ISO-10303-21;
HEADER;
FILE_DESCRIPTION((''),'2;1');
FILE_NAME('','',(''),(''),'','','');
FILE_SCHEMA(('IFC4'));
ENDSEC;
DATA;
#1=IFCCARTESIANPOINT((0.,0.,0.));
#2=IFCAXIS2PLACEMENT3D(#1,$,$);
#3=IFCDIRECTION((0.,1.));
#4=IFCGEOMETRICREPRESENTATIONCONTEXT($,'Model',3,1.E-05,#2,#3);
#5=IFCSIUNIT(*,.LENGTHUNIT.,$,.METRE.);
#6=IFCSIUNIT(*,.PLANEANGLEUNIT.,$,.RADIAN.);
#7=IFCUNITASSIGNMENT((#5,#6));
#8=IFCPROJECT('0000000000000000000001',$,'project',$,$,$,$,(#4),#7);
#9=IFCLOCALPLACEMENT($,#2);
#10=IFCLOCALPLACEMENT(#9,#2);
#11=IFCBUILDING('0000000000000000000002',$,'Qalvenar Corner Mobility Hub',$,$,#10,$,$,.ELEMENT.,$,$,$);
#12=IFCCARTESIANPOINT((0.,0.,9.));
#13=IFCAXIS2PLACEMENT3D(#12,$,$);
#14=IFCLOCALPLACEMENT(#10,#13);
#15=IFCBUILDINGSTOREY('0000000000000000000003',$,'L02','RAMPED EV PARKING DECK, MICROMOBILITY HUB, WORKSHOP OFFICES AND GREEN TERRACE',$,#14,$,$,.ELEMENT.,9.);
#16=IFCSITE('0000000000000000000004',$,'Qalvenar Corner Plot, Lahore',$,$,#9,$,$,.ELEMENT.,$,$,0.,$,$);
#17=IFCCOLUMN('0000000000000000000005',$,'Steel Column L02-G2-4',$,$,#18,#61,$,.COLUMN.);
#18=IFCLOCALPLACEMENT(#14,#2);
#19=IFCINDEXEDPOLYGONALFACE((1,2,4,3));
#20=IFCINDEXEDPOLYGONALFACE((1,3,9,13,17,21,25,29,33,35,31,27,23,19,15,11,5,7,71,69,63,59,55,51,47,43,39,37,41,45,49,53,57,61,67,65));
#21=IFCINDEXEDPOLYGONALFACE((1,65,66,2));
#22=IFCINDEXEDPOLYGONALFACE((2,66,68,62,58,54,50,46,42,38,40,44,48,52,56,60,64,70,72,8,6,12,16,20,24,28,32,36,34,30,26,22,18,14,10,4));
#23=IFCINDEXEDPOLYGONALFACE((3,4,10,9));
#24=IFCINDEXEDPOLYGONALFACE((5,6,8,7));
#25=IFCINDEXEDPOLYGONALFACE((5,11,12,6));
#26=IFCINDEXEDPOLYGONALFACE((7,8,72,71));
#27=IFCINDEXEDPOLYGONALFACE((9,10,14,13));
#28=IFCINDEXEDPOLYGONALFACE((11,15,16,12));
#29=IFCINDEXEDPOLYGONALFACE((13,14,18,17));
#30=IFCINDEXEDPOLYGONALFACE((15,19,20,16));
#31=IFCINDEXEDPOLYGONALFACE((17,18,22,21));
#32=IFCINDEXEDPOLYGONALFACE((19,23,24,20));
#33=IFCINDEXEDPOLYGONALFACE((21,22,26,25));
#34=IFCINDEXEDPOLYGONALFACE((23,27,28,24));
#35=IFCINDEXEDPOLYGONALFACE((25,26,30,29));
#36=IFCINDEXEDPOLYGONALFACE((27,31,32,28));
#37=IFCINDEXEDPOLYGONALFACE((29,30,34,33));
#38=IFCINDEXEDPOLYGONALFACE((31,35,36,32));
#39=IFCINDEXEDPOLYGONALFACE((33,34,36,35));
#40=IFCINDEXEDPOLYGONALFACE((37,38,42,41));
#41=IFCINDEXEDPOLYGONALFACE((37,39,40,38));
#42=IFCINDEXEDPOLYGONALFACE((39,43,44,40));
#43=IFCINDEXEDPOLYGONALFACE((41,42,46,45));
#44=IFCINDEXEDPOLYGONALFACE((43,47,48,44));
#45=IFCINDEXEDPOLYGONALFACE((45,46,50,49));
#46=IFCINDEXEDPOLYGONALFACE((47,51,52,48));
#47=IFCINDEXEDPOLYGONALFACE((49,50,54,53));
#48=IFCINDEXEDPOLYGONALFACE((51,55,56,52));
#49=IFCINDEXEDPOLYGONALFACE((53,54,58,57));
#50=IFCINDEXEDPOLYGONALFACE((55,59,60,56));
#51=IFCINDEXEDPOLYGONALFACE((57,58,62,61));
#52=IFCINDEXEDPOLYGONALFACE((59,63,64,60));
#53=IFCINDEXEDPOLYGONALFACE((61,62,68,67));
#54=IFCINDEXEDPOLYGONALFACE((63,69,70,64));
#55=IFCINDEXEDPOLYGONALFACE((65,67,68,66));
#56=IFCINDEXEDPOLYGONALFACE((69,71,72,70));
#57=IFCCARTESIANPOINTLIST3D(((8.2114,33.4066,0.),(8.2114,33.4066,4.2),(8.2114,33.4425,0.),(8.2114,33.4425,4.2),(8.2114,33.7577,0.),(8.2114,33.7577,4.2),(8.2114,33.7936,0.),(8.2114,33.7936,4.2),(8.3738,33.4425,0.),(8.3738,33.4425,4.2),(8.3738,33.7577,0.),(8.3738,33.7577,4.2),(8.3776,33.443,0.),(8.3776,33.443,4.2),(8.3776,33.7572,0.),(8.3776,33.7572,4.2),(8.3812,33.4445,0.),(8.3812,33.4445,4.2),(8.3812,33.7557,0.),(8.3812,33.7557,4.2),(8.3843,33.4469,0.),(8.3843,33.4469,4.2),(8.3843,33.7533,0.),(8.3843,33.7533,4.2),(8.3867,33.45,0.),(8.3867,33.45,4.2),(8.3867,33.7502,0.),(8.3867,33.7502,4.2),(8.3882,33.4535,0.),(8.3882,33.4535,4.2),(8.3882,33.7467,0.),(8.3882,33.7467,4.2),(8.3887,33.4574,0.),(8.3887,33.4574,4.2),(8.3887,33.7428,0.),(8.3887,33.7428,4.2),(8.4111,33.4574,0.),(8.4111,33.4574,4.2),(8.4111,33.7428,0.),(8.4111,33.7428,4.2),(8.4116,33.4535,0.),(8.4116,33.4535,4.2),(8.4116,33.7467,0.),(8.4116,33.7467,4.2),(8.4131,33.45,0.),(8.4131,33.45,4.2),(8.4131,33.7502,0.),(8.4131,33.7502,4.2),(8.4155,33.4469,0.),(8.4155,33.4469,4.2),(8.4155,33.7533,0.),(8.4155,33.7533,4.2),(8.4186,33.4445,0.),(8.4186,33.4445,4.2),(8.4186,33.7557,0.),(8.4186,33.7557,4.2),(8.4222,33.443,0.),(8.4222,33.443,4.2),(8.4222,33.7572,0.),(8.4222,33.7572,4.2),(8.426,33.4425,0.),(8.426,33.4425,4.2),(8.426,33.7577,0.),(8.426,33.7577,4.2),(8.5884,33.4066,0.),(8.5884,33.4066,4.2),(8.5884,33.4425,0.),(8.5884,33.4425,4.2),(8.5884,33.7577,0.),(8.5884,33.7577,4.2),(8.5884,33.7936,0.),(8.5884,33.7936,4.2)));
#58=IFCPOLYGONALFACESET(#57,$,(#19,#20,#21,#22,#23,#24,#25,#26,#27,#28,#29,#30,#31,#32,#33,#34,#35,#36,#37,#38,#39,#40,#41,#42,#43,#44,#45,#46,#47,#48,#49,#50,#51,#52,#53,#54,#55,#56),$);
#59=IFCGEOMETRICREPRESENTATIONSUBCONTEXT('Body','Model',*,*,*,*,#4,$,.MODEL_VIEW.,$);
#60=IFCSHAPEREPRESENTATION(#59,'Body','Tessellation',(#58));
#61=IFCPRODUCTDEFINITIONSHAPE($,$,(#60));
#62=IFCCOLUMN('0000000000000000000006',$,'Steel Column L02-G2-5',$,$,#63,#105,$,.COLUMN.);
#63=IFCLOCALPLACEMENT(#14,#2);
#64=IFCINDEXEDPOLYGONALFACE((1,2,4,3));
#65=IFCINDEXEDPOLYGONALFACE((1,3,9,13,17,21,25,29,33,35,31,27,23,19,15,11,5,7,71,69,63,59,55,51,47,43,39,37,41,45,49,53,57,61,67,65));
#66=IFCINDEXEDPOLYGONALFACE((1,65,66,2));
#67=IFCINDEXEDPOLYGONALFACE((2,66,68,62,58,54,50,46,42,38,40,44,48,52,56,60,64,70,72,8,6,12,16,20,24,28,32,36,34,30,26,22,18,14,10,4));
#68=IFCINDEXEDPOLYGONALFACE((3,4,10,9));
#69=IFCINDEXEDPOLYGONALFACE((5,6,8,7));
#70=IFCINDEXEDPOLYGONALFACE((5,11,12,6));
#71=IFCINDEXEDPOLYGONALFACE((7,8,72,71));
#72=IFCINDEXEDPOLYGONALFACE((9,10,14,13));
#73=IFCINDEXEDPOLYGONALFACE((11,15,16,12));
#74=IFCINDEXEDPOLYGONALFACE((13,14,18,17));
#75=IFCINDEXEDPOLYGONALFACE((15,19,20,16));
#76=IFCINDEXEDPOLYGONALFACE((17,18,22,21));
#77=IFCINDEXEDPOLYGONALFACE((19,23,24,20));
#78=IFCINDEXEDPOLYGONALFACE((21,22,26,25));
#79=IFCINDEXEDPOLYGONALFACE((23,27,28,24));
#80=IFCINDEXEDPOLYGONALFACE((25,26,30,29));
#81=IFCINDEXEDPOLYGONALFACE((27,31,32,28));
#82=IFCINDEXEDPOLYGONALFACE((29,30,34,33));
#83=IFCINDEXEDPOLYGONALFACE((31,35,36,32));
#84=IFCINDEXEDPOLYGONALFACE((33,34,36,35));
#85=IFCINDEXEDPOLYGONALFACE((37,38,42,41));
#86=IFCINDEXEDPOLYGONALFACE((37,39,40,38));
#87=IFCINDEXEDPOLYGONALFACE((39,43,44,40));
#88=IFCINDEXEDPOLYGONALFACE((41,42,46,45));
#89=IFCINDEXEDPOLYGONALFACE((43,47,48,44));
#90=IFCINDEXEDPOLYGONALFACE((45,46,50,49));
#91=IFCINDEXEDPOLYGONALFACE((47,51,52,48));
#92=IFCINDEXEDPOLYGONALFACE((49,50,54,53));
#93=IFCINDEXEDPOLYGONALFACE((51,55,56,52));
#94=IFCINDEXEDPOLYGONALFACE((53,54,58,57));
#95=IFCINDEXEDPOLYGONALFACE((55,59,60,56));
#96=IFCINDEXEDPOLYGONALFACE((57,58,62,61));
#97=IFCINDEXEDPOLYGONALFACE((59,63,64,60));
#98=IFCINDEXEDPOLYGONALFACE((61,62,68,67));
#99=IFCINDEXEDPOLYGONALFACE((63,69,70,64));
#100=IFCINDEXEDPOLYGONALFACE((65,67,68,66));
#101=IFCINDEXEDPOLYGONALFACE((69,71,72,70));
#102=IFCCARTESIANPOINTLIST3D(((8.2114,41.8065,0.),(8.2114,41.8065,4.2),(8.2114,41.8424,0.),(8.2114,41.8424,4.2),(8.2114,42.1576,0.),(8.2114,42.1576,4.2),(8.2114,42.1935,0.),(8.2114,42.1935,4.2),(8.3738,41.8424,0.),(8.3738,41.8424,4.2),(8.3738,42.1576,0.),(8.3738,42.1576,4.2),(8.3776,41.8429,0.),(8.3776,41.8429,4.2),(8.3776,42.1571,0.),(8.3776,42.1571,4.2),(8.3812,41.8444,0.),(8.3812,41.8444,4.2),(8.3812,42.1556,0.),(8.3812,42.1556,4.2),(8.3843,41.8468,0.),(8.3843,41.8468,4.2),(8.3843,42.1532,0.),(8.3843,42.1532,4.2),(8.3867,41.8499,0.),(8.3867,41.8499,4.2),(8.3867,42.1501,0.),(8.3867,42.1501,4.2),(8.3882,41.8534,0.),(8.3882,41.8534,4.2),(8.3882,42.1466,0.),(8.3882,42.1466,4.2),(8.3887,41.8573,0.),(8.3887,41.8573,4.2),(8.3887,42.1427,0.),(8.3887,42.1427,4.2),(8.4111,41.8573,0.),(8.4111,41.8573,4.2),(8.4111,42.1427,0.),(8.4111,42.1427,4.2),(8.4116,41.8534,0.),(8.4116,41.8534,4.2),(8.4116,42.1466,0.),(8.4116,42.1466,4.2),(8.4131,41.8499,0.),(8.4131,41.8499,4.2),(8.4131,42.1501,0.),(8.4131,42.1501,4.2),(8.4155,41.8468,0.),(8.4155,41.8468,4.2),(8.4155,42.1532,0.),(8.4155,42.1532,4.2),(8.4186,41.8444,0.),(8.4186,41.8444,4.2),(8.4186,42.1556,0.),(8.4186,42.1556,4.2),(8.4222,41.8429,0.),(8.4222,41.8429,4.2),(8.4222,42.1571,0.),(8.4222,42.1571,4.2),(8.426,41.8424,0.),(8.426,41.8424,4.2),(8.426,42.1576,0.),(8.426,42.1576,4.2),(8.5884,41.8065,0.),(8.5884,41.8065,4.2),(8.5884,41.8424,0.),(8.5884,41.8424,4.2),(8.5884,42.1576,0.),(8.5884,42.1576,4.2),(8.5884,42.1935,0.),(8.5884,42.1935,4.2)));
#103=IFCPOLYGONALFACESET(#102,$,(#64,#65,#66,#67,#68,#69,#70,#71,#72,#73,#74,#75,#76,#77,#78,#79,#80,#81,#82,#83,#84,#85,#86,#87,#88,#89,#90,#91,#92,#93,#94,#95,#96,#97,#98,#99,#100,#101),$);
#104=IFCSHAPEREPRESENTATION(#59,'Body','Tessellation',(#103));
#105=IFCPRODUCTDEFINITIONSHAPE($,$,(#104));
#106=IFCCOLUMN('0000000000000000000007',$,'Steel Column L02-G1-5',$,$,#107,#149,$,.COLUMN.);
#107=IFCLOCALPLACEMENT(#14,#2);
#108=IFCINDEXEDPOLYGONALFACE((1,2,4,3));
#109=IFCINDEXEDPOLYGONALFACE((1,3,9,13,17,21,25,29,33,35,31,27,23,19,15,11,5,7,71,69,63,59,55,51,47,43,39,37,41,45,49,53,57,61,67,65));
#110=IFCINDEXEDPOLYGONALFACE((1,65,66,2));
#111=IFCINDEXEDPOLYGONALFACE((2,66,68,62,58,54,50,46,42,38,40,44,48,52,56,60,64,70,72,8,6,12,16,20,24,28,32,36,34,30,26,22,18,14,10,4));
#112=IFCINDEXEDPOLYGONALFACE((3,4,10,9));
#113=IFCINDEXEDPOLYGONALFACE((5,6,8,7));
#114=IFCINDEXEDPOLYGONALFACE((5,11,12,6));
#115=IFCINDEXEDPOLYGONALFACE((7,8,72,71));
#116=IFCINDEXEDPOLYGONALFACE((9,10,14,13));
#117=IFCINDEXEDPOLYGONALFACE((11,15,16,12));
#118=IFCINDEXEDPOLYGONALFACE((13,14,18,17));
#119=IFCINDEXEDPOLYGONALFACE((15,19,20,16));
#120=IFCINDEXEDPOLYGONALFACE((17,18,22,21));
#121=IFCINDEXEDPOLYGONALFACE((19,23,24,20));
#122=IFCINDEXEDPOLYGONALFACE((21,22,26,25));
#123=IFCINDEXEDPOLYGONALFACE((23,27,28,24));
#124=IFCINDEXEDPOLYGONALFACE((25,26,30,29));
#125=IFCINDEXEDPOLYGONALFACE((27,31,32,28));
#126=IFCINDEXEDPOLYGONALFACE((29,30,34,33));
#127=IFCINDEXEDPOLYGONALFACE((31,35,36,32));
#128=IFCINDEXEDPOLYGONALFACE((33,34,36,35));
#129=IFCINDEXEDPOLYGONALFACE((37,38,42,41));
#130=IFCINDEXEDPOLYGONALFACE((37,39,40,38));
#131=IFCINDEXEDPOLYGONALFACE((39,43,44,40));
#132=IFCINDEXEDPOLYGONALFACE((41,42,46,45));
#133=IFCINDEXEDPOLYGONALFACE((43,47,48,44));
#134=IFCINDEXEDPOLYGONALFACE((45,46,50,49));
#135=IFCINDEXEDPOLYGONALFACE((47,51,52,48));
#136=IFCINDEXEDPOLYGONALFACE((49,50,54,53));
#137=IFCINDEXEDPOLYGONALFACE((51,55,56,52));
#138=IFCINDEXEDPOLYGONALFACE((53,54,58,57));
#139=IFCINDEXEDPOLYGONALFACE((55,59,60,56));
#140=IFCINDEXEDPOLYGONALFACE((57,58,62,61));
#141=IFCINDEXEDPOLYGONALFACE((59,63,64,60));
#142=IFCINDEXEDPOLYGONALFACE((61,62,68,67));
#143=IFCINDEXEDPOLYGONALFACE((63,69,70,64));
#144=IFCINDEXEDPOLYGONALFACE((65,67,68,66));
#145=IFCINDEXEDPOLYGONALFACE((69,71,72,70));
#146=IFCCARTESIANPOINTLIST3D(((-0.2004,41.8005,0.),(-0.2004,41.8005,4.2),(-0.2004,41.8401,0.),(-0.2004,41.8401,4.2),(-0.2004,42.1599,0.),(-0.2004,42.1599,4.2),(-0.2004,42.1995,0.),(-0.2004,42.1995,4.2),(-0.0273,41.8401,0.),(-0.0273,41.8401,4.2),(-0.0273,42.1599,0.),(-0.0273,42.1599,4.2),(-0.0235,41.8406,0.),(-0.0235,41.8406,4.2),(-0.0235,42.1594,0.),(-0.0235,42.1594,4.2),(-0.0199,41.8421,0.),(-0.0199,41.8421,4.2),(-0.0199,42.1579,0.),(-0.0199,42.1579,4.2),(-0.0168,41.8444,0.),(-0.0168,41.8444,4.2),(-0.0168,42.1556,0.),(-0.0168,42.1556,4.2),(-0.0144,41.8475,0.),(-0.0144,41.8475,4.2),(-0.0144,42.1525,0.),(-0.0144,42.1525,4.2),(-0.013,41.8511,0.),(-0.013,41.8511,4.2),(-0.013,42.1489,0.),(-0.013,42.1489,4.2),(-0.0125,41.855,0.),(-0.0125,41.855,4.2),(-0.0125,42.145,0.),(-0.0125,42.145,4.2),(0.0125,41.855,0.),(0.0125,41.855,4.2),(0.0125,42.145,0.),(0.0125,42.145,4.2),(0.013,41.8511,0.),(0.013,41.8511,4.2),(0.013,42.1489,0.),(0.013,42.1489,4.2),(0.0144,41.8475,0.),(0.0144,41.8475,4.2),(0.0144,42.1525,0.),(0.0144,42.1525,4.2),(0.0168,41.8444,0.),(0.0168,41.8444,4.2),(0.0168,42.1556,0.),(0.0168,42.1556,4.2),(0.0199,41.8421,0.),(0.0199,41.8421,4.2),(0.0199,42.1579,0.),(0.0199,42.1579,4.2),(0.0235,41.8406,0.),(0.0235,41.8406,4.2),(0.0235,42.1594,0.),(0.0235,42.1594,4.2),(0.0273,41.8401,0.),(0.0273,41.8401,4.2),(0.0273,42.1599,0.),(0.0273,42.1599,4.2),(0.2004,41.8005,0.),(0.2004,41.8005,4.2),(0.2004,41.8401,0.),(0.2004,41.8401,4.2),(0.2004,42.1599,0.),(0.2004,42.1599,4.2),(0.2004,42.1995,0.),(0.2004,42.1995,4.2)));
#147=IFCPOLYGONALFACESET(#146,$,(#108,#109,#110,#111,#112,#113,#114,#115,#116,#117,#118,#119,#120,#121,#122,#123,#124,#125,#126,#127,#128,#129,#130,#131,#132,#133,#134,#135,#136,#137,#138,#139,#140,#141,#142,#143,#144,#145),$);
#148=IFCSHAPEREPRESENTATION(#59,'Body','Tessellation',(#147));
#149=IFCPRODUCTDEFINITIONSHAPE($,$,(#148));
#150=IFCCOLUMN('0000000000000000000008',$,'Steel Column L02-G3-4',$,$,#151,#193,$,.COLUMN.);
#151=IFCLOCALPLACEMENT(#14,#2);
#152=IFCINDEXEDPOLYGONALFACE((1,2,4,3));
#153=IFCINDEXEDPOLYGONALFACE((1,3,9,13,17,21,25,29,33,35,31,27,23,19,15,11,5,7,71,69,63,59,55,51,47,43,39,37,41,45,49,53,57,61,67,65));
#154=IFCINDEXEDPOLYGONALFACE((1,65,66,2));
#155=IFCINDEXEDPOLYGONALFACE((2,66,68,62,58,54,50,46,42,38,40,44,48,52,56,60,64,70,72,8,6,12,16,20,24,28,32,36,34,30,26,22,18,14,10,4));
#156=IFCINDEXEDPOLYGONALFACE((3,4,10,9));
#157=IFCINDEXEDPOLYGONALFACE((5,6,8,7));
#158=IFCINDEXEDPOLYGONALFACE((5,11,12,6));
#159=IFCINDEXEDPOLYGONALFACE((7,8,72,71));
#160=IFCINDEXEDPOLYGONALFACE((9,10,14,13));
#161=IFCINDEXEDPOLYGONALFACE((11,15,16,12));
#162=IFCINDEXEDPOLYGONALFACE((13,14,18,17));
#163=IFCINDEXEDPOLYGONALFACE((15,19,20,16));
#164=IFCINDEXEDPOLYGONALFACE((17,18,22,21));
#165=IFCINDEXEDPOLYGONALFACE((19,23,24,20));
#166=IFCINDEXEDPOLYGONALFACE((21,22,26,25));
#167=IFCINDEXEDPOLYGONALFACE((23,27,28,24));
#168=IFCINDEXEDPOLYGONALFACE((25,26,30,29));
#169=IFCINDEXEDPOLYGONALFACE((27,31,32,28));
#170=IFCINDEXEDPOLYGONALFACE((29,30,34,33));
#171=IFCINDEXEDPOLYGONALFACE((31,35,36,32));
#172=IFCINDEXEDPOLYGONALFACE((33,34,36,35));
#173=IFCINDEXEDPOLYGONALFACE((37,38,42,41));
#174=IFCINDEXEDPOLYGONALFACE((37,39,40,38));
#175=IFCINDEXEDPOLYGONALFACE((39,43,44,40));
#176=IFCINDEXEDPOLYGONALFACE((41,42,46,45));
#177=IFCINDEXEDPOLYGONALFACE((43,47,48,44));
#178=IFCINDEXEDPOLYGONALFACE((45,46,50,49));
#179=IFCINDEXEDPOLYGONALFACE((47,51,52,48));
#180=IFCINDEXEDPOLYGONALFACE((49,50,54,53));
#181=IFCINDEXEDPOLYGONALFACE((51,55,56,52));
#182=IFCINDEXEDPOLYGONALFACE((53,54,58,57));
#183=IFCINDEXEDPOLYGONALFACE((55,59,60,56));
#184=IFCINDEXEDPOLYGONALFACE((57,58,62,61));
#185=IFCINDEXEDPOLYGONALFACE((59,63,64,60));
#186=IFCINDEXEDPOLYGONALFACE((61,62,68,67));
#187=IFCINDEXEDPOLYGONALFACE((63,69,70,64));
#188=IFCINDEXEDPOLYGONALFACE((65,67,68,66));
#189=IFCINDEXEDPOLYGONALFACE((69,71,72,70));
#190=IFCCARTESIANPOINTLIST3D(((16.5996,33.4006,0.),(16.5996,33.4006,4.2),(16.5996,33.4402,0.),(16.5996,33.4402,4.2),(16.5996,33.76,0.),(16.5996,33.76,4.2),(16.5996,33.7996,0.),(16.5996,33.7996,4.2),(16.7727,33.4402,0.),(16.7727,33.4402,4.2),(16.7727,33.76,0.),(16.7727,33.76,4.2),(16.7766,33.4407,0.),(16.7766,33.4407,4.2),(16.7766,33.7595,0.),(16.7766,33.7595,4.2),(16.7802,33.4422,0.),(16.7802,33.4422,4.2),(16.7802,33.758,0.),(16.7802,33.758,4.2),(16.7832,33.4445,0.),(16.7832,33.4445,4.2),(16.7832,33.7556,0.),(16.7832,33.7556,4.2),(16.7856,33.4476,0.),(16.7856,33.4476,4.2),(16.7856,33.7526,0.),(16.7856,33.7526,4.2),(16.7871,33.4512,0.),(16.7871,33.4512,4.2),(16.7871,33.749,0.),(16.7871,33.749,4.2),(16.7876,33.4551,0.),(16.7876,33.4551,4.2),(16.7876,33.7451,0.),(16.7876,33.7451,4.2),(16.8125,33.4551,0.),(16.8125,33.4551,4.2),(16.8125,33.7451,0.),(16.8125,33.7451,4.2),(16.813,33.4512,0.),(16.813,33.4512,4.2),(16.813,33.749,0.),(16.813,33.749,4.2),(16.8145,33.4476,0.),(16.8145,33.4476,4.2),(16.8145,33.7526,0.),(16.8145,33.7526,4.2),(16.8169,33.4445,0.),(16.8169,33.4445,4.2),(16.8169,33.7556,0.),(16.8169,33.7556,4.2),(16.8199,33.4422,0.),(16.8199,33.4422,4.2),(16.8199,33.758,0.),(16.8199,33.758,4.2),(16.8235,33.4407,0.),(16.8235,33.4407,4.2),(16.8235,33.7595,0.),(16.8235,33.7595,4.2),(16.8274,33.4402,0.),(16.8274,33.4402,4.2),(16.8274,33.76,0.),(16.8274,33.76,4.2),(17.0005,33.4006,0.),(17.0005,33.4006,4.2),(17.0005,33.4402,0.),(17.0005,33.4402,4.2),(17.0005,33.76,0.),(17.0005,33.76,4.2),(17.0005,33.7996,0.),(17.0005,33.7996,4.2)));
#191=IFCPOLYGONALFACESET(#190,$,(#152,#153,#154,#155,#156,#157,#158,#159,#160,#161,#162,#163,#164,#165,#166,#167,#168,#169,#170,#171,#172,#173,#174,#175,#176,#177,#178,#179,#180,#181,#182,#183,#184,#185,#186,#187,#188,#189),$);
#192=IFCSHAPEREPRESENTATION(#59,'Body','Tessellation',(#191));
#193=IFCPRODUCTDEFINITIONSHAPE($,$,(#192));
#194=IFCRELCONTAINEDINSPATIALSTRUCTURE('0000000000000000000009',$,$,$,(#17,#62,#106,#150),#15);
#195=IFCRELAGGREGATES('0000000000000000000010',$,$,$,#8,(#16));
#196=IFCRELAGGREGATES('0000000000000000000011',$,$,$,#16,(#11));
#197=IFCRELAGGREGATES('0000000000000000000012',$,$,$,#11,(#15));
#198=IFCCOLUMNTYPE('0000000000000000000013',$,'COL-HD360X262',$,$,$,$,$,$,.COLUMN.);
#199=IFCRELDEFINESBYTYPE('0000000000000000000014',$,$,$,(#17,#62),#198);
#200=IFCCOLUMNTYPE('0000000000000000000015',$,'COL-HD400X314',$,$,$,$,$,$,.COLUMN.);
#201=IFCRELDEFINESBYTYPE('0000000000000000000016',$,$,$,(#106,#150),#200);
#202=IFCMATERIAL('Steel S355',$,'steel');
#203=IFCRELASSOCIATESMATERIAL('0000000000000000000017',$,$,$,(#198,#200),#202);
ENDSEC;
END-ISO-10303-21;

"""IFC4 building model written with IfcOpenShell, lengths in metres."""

from ifc_helpers import new_model, si_unit, direction, frame, origin, origin_2d, place, context, subcontext, project, spatial, i_section, extrude, material, material_profile, profile_set, type_object, element, save


model = new_model("IFC4")

# Units and contexts
model_context = context("Model", 3, precision=1e-05, world=origin(), true_north=direction((0.0, 1.0)))
body_context = subcontext(model_context, "Body", "Model", "MODEL_VIEW")
ifc_project = project(units=[si_unit("LENGTHUNIT", "METRE"), si_unit("PLANEANGLEUNIT", "RADIAN")], contexts=[model_context])

# Site, building, storey
site_placement = place(None, origin())
site = spatial("IfcSite", under=ifc_project, at=site_placement, Name="Qalvenar Corner Plot, Lahore", CompositionType="ELEMENT", RefElevation=0.0)
building_placement = place(site_placement, origin())
building = spatial("IfcBuilding", under=site, at=building_placement, Name="Qalvenar Corner Mobility Hub", CompositionType="ELEMENT")
storey_placement = place(building_placement, frame((0.0, 0.0, 9.0)))
storey = spatial("IfcBuildingStorey", under=building, at=storey_placement, Name="L02", Description="RAMPED EV PARKING DECK, MICROMOBILITY HUB, WORKSHOP OFFICES AND GREEN TERRACE", CompositionType="ELEMENT", Elevation=9.0)

# Columns
ifc_material_1 = material(Name="Steel S355", Category="steel")
ifc_material_profile_1 = material_profile(ifc_material_1, i_section(OverallWidth=0.377, OverallDepth=0.387, WebThickness=0.0225, FlangeThickness=0.0359, FilletRadius=0.0149, at=origin_2d()), Name="HD360x262")
ifc_profile_set_1 = profile_set([ifc_material_profile_1], Name="Steel S355")
column_type_1 = type_object("IfcColumnType", Name="COL-HD360X262", PredefinedType="COLUMN", material=ifc_profile_set_1)
for number, where, z_axis, x_axis, name in (
    (1, (8.3999, 33.6001, 0.0), (0.0, 0.0, 1.0), (1.0, 0.0, 0.0), "Steel Column L02-G2-4"),
    (2, (8.3999, 42.0, 0.0), (0.0, 0.0, 1.0), (1.0, 0.0, 0.0), "Steel Column L02-G2-5"),
):
    element("IfcColumn", number, at=place(storey_placement, frame(where, z_axis=z_axis, x_axis=x_axis)), inside=storey, type_object=column_type_1, Name=name, PredefinedType="COLUMN", context=body_context, shape_type="SweptSolid", body=[
        extrude(i_section(OverallWidth=0.377, OverallDepth=0.387, WebThickness=0.0225, FlangeThickness=0.0359, FilletRadius=0.0149, at=origin_2d()), origin(), (0.0, 0.0, 1.0), 4.2),
    ])
ifc_material_profile_2 = material_profile(ifc_material_1, i_section(OverallWidth=0.4009, OverallDepth=0.3989, WebThickness=0.0249, FlangeThickness=0.0396, FilletRadius=0.0149, at=origin_2d()), Name="HD400x314")
ifc_profile_set_2 = profile_set([ifc_material_profile_2], Name="Steel S355")
column_type_2 = type_object("IfcColumnType", Name="COL-HD400X314", PredefinedType="COLUMN", material=ifc_profile_set_2)
for number, where, z_axis, x_axis, name in (
    (3, (0.0, 42.0, 0.0), (0.0, 0.0, 1.0), (1.0, 0.0, 0.0), "Steel Column L02-G1-5"),
    (4, (16.8, 33.6001, 0.0), (0.0, 0.0, 1.0), (1.0, 0.0, 0.0), "Steel Column L02-G3-4"),
):
    element("IfcColumn", number, at=place(storey_placement, frame(where, z_axis=z_axis, x_axis=x_axis)), inside=storey, type_object=column_type_2, Name=name, PredefinedType="COLUMN", context=body_context, shape_type="SweptSolid", body=[
        extrude(i_section(OverallWidth=0.4009, OverallDepth=0.3989, WebThickness=0.0249, FlangeThickness=0.0396, FilletRadius=0.0149, at=origin_2d()), origin(), (0.0, 0.0, 1.0), 4.2),
    ])

save(model, "model.ifc")
